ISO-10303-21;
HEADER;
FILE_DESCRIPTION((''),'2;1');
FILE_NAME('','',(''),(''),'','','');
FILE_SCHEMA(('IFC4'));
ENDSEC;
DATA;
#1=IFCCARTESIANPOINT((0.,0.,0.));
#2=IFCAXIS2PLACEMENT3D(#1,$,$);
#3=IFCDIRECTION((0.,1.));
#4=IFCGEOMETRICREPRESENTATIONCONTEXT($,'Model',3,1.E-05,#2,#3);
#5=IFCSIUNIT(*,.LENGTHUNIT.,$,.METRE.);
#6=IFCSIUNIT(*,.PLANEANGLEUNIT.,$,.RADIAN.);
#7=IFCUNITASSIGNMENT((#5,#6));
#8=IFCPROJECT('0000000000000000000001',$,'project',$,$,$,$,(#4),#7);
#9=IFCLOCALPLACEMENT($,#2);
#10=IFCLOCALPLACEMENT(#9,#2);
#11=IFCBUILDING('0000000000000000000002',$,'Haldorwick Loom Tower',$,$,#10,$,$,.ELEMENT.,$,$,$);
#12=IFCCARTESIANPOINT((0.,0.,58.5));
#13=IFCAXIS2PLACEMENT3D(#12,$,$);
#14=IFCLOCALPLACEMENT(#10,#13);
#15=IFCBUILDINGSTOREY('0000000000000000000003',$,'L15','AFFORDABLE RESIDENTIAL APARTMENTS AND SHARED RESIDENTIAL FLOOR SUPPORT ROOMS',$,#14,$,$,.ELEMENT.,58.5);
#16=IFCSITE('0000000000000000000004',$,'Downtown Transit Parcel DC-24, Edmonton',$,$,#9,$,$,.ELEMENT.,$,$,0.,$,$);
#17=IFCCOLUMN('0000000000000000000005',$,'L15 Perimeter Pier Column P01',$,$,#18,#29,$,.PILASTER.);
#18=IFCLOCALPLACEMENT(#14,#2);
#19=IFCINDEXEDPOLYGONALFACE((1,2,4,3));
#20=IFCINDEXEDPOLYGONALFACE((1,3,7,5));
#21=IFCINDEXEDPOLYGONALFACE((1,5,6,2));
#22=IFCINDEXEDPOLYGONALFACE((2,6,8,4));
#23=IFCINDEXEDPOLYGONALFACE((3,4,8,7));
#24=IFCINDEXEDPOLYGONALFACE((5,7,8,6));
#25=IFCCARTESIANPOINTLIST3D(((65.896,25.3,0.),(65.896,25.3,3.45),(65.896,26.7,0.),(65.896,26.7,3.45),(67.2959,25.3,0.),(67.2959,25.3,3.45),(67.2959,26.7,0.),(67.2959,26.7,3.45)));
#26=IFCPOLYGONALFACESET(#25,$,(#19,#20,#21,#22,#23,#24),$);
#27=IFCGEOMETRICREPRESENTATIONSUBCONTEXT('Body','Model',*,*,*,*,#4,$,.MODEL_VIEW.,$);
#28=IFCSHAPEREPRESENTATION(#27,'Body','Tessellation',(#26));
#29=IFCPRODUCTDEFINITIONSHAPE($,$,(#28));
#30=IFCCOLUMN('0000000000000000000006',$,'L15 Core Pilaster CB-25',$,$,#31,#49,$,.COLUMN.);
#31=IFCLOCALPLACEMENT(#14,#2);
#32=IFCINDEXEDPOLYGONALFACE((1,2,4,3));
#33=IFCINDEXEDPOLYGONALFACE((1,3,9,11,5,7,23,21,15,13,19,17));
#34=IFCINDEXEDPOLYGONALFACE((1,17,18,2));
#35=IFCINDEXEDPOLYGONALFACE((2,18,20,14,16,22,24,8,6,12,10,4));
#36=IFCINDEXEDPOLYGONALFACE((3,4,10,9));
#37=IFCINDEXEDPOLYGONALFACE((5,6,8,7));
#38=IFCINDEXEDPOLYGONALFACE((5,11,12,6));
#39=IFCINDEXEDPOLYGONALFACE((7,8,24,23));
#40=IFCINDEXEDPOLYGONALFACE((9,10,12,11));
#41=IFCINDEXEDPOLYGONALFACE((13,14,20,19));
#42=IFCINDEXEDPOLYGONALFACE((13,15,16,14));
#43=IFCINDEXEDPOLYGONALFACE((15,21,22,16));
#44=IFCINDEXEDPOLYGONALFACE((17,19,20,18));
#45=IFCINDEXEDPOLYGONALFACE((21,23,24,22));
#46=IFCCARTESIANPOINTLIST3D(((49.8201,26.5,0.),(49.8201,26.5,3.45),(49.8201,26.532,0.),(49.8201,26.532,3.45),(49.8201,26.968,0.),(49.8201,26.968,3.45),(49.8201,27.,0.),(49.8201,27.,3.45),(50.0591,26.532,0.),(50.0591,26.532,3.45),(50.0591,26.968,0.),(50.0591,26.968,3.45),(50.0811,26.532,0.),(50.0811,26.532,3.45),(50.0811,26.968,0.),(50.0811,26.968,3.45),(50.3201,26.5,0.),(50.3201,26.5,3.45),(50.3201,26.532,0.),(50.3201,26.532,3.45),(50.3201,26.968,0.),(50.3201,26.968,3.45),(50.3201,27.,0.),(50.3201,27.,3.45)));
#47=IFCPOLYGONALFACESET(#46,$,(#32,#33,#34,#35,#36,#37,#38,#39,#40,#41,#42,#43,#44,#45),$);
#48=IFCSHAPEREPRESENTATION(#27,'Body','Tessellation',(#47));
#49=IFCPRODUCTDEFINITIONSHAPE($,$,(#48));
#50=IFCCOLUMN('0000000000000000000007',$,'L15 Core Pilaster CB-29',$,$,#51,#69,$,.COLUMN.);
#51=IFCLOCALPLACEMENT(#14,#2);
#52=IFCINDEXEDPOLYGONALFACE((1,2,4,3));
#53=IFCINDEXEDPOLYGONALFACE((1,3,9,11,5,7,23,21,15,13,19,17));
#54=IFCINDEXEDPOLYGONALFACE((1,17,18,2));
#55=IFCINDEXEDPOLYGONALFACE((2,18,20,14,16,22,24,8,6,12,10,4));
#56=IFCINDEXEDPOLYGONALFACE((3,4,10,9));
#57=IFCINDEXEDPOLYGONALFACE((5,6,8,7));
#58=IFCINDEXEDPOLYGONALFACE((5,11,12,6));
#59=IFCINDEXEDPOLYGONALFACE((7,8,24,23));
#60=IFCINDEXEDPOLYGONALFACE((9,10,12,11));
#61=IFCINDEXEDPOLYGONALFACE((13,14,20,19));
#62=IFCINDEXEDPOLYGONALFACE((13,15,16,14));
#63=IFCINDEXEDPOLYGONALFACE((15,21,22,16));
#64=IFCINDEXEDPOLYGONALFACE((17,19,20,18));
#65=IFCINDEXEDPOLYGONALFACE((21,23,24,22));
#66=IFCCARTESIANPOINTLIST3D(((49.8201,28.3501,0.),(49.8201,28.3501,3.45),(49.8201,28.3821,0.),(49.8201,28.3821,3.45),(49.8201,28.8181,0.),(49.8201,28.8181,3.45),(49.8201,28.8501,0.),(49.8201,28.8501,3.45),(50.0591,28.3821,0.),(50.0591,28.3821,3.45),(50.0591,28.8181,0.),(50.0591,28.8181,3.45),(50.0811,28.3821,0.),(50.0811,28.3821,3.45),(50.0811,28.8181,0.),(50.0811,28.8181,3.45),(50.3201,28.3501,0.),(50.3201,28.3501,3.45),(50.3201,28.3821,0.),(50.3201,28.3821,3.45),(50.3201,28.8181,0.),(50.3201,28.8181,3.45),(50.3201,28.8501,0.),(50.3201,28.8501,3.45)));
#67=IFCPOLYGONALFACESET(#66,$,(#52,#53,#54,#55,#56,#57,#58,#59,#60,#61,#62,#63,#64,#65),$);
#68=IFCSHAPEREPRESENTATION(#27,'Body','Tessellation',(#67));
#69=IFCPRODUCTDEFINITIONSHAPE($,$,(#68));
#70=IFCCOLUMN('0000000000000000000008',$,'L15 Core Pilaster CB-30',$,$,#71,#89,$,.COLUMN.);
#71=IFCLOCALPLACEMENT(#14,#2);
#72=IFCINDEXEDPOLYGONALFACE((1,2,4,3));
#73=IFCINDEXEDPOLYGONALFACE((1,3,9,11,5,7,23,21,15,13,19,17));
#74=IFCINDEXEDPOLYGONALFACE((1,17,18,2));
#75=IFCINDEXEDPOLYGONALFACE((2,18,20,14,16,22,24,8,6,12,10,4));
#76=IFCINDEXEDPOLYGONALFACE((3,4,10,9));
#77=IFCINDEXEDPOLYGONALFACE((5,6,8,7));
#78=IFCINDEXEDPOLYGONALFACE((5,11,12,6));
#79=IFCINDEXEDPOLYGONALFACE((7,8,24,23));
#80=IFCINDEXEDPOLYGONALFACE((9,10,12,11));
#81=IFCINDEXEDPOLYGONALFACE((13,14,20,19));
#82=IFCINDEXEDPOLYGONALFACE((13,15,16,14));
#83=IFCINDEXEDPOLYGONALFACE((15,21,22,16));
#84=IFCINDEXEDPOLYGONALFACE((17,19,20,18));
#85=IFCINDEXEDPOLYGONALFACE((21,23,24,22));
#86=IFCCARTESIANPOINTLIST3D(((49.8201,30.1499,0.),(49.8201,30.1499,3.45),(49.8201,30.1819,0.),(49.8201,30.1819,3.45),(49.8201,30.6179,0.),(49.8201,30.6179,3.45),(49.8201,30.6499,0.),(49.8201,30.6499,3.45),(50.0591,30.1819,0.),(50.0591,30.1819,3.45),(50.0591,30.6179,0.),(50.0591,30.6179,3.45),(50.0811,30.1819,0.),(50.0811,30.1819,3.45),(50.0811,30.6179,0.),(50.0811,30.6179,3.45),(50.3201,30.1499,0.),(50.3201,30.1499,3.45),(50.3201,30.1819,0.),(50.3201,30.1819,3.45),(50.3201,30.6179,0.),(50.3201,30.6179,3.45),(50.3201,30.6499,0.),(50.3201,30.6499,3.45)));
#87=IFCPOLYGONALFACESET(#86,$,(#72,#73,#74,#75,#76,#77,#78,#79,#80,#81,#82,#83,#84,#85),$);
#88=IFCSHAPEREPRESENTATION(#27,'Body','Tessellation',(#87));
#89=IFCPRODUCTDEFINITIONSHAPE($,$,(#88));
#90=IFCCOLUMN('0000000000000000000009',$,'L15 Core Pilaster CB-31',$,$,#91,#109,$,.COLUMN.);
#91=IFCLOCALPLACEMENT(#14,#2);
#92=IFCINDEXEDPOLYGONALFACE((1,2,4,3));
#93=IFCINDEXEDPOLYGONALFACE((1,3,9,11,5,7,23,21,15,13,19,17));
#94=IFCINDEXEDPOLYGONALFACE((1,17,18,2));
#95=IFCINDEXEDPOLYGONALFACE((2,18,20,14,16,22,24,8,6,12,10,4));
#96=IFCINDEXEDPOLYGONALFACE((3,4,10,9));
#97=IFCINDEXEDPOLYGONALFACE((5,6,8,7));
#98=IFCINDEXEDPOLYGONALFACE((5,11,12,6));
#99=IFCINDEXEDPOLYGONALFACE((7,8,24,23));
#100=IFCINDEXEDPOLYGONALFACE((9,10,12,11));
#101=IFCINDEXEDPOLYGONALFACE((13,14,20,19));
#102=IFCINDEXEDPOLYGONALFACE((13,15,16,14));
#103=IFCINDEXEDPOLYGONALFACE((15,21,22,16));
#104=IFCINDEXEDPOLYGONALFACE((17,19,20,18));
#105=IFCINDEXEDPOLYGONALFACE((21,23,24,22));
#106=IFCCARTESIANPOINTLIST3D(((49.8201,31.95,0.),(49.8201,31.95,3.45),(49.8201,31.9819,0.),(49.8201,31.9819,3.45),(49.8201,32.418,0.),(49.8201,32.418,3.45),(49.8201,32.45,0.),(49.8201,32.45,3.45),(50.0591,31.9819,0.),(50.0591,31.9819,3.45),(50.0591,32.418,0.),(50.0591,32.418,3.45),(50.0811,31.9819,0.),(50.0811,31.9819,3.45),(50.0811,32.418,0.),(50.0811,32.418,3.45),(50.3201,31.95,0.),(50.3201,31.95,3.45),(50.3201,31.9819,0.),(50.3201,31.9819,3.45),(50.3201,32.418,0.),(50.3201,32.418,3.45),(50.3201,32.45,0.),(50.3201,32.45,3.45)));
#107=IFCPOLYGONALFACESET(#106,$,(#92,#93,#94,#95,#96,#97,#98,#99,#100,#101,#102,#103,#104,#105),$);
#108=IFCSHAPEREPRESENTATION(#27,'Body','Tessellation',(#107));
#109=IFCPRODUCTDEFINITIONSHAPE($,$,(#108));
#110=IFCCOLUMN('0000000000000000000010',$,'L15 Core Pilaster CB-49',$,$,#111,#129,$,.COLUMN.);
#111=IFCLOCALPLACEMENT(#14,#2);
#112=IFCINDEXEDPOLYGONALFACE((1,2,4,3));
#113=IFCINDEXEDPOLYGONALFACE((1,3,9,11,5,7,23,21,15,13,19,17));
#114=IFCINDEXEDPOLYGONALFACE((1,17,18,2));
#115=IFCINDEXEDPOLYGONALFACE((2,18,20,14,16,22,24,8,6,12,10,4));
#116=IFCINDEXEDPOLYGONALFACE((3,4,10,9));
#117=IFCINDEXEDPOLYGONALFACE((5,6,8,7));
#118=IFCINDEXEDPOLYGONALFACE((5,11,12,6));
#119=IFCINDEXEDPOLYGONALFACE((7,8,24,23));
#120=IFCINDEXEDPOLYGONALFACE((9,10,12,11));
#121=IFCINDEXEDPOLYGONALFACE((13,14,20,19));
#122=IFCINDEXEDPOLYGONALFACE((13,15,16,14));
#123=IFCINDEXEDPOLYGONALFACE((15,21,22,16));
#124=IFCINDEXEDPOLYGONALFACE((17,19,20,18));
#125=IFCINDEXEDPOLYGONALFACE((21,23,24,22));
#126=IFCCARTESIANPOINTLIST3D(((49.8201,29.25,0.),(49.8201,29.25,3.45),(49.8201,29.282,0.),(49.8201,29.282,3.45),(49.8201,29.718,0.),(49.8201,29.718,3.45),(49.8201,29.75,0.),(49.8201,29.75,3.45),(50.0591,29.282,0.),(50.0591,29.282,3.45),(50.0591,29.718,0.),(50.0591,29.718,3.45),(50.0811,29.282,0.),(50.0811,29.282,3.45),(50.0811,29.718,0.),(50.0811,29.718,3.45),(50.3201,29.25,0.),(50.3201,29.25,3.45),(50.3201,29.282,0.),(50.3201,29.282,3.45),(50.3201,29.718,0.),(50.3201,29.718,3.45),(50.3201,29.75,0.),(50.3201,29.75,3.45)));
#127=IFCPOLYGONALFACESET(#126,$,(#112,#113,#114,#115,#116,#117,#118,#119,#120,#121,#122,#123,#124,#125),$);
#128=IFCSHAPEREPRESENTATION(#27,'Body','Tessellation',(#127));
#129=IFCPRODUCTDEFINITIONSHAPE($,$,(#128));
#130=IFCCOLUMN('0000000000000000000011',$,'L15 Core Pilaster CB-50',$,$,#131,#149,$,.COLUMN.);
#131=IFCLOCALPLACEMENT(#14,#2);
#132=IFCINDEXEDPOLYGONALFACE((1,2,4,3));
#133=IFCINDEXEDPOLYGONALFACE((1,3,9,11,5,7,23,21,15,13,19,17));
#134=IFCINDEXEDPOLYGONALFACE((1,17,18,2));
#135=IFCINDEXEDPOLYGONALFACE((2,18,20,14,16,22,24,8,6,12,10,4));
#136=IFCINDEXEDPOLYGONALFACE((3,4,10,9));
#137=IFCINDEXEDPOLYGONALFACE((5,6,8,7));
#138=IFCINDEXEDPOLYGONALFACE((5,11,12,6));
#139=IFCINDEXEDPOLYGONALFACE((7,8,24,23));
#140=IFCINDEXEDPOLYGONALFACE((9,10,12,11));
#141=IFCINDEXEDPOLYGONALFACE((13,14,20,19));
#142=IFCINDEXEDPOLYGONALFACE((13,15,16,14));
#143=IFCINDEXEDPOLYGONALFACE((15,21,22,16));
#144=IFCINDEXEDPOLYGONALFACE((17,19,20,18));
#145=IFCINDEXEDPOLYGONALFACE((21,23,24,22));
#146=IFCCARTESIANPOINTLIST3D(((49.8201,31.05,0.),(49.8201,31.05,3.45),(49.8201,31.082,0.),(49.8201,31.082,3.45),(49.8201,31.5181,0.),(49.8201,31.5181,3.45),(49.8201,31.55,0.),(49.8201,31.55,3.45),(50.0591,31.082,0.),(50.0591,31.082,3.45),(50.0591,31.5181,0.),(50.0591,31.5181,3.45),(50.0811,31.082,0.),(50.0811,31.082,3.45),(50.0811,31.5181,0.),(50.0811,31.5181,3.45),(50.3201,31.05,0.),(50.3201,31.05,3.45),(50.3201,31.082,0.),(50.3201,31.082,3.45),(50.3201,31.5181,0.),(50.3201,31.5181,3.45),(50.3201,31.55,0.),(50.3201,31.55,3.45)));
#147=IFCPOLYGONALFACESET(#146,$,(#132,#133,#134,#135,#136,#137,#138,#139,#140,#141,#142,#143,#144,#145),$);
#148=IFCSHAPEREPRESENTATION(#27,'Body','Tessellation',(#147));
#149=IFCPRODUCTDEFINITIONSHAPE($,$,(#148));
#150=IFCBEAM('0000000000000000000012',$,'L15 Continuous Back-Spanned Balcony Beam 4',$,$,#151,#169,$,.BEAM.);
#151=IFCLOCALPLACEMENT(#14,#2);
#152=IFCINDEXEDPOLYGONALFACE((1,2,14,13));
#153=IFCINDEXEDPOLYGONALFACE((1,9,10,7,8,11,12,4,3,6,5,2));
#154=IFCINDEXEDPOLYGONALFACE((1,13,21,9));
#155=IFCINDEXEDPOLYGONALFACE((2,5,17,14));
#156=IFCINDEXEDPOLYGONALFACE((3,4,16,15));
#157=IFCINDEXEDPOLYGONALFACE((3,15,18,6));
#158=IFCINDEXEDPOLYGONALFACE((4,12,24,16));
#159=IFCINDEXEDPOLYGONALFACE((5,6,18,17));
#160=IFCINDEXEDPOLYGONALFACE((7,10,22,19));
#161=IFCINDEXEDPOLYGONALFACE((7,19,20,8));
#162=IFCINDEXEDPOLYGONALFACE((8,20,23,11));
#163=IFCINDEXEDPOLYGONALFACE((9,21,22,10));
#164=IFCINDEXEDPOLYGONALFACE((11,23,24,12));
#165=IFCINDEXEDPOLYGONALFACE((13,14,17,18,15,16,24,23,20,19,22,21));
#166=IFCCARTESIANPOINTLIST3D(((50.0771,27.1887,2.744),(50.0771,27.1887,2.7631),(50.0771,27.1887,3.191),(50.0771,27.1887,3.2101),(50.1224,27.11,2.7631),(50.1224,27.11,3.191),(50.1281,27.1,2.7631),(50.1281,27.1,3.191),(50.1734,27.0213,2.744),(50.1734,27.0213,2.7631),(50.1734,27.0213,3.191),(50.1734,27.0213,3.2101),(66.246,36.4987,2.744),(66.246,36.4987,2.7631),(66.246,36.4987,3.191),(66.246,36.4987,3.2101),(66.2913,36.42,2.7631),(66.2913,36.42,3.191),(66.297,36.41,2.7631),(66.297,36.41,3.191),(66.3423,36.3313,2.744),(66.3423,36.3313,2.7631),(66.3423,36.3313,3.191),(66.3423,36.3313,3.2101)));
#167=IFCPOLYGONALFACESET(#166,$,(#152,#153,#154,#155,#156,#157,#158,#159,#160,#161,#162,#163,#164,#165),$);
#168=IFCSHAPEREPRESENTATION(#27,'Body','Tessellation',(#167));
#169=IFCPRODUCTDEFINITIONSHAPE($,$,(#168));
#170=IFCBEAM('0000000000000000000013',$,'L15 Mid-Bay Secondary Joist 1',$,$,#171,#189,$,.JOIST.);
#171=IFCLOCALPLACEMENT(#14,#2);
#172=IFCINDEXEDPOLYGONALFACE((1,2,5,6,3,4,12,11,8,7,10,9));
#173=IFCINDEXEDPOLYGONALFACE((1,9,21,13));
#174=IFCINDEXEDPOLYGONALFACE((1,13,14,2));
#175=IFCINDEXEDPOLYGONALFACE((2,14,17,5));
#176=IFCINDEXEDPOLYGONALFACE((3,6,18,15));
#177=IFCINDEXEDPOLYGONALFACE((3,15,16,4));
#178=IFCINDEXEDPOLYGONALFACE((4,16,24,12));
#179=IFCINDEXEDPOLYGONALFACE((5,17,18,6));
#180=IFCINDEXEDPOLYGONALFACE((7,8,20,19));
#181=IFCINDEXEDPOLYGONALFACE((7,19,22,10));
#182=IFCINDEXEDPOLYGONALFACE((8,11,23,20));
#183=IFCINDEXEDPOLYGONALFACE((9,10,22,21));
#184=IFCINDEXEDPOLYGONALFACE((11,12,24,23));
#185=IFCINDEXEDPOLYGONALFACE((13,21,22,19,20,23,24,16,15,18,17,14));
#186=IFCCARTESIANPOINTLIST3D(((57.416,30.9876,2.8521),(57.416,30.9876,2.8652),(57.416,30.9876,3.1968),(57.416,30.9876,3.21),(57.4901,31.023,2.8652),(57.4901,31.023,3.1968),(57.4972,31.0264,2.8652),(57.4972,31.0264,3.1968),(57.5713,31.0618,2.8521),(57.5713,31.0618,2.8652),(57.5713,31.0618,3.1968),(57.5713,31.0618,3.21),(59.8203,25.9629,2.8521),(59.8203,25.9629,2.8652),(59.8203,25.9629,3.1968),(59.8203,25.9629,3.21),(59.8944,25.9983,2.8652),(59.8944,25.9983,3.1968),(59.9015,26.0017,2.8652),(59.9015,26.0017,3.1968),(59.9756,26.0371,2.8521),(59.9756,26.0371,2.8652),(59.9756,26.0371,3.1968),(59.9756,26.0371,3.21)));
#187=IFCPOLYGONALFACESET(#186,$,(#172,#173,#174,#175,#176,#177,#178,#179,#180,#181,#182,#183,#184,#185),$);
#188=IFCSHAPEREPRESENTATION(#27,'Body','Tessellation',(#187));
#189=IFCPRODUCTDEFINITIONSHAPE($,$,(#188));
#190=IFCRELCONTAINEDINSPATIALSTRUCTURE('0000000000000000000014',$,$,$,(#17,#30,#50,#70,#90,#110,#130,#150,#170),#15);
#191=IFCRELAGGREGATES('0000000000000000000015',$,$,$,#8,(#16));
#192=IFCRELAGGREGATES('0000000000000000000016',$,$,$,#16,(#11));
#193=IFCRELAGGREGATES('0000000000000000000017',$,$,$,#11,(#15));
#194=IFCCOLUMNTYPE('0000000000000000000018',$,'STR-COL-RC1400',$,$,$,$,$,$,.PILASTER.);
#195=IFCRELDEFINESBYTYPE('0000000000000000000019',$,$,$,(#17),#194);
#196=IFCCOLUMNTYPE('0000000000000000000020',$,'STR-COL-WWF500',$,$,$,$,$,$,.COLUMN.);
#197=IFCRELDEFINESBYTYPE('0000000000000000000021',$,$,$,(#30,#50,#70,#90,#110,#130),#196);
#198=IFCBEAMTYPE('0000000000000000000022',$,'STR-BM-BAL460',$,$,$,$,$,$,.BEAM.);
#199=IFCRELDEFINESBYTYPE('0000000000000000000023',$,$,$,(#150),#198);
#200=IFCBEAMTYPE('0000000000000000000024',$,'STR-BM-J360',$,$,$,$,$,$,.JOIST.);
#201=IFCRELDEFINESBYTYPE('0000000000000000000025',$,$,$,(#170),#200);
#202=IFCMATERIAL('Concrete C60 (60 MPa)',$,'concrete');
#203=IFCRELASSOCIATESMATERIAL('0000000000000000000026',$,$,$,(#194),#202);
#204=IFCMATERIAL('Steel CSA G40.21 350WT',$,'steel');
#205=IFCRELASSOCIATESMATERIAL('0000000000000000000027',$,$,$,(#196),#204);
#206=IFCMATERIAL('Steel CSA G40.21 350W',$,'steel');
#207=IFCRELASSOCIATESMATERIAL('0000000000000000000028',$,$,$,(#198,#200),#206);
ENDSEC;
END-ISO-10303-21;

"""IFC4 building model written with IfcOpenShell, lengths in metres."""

from ifc_helpers import new_model, si_unit, direction, frame, origin, origin_2d, place, context, subcontext, project, spatial, rectangle, i_section, extrude, material, material_profile, profile_set, type_object, element, save


model = new_model("IFC4")

# Units and contexts
model_context = context("Model", 3, precision=1e-05, world=origin(), true_north=direction((0.0, 1.0)))
body_context = subcontext(model_context, "Body", "Model", "MODEL_VIEW")
ifc_project = project(units=[si_unit("LENGTHUNIT", "METRE"), si_unit("PLANEANGLEUNIT", "RADIAN")], contexts=[model_context])

# Site, building, storey
site_placement = place(None, origin())
site = spatial("IfcSite", under=ifc_project, at=site_placement, Name="Downtown Transit Parcel DC-24, Edmonton", CompositionType="ELEMENT", RefElevation=0.0)
building_placement = place(site_placement, origin())
building = spatial("IfcBuilding", under=site, at=building_placement, Name="Haldorwick Loom Tower", CompositionType="ELEMENT")
storey_placement = place(building_placement, frame((0.0, 0.0, 58.5)))
storey = spatial("IfcBuildingStorey", under=building, at=storey_placement, Name="L15", Description="AFFORDABLE RESIDENTIAL APARTMENTS AND SHARED RESIDENTIAL FLOOR SUPPORT ROOMS", CompositionType="ELEMENT", Elevation=58.5)

# Columns
ifc_material_1 = material(Name="Concrete C60 (60 MPa)", Category="concrete")
ifc_material_profile_1 = material_profile(ifc_material_1, rectangle(XDim=1.3999, YDim=1.3999, at=origin_2d()), Name="RC1400X1400", Category="concrete")
ifc_profile_set_1 = profile_set([ifc_material_profile_1], Name="Concrete C60 (60 MPa)")
column_type_1 = type_object("IfcColumnType", Name="STR-COL-RC1400", PredefinedType="PILASTER", material=ifc_profile_set_1)
column_placement = place(storey_placement, frame((66.5959, 26.0, 0.0), z_axis=(0.0, 0.0, 1.0), x_axis=(1.0, 0.0, 0.0)))
element("IfcColumn", 1, at=column_placement, inside=storey, type_object=column_type_1, Name="L15 Perimeter Pier Column P01", PredefinedType="PILASTER", context=body_context, shape_type="SweptSolid", body=[
    extrude(rectangle(XDim=1.3999, YDim=1.3999, at=origin_2d()), origin(), (0.0, 0.0, 1.0), 3.45),
])
ifc_material_2 = material(Name="Steel CSA G40.21 350WT", Category="steel")
ifc_material_profile_2 = material_profile(ifc_material_2, i_section(OverallWidth=0.5, OverallDepth=0.5, WebThickness=0.022, FlangeThickness=0.032, at=origin_2d()), Name="WWF500X500", Category="steel")
ifc_profile_set_2 = profile_set([ifc_material_profile_2], Name="Steel CSA G40.21 350WT")
column_type_2 = type_object("IfcColumnType", Name="STR-COL-WWF500", PredefinedType="COLUMN", material=ifc_profile_set_2)
for number, where, z_axis, x_axis, name in (
    (2, (50.0701, 26.75, 0.0), (0.0, 0.0, 1.0), (1.0, 0.0, 0.0), "L15 Core Pilaster CB-25"),
    (3, (50.0701, 28.6001, 0.0), (0.0, 0.0, 1.0), (1.0, 0.0, 0.0), "L15 Core Pilaster CB-29"),
    (4, (50.0701, 30.3999, 0.0), (0.0, 0.0, 1.0), (1.0, 0.0, 0.0), "L15 Core Pilaster CB-30"),
    (5, (50.0701, 32.2, 0.0), (0.0, 0.0, 1.0), (1.0, 0.0, 0.0), "L15 Core Pilaster CB-31"),
    (6, (50.0701, 29.5, 0.0), (0.0, 0.0, 1.0), (1.0, 0.0, 0.0), "L15 Core Pilaster CB-49"),
    (7, (50.0701, 31.3, 0.0), (0.0, 0.0, 1.0), (1.0, 0.0, 0.0), "L15 Core Pilaster CB-50"),
):
    element("IfcColumn", number, at=place(storey_placement, frame(where, z_axis=z_axis, x_axis=x_axis)), inside=storey, type_object=column_type_2, Name=name, PredefinedType="COLUMN", context=body_context, shape_type="SweptSolid", body=[
        extrude(i_section(OverallWidth=0.5, OverallDepth=0.5, WebThickness=0.022, FlangeThickness=0.032, at=origin_2d()), origin(), (0.0, 0.0, 1.0), 3.45),
    ])

# Beams
ifc_material_3 = material(Name="Steel CSA G40.21 350W", Category="steel")
ifc_material_profile_3 = material_profile(ifc_material_3, i_section(OverallWidth=0.1931, OverallDepth=0.4661, WebThickness=0.0115, FlangeThickness=0.019, at=origin_2d()), Name="W460X97", Category="steel")
ifc_profile_set_3 = profile_set([ifc_material_profile_3], Name="Steel CSA G40.21 350W")
beam_type_1 = type_object("IfcBeamType", Name="STR-BM-BAL460", PredefinedType="BEAM", material=ifc_profile_set_3)
beam_1_placement = place(storey_placement, frame((50.1252, 27.105, 2.9771), z_axis=(0.866607, 0.498991, 0.0), x_axis=(-0.498991, 0.866607, 0.0)))
element("IfcBeam", 8, at=beam_1_placement, inside=storey, type_object=beam_type_1, Name="L15 Continuous Back-Spanned Balcony Beam 4", PredefinedType="BEAM", context=body_context, shape_type="SweptSolid", body=[
    extrude(i_section(OverallWidth=0.1931, OverallDepth=0.4661, WebThickness=0.0115, FlangeThickness=0.019, at=origin_2d()), origin(), (0.0, 0.0, 1.0), 18.6577),
])
ifc_material_profile_4 = material_profile(ifc_material_3, i_section(OverallWidth=0.1721, OverallDepth=0.3579, WebThickness=0.0078, FlangeThickness=0.0132, at=origin_2d()), Name="W360X57", Category="steel")
ifc_profile_set_4 = profile_set([ifc_material_profile_4], Name="Steel CSA G40.21 350W")
beam_type_2 = type_object("IfcBeamType", Name="STR-BM-J360", PredefinedType="JOIST", material=ifc_profile_set_4)
beam_2_placement = place(storey_placement, frame((59.8979, 26.0, 3.031), z_axis=(-0.431631, 0.90205, 0.0), x_axis=(-0.90205, -0.431631, 0.0)))
element("IfcBeam", 9, at=beam_2_placement, inside=storey, type_object=beam_type_2, Name="L15 Mid-Bay Secondary Joist 1", PredefinedType="JOIST", context=body_context, shape_type="SweptSolid", body=[
    extrude(i_section(OverallWidth=0.1721, OverallDepth=0.3579, WebThickness=0.0078, FlangeThickness=0.0132, at=origin_2d()), origin(), (0.0, 0.0, 1.0), 5.5703),
])

save(model, "model.ifc")
